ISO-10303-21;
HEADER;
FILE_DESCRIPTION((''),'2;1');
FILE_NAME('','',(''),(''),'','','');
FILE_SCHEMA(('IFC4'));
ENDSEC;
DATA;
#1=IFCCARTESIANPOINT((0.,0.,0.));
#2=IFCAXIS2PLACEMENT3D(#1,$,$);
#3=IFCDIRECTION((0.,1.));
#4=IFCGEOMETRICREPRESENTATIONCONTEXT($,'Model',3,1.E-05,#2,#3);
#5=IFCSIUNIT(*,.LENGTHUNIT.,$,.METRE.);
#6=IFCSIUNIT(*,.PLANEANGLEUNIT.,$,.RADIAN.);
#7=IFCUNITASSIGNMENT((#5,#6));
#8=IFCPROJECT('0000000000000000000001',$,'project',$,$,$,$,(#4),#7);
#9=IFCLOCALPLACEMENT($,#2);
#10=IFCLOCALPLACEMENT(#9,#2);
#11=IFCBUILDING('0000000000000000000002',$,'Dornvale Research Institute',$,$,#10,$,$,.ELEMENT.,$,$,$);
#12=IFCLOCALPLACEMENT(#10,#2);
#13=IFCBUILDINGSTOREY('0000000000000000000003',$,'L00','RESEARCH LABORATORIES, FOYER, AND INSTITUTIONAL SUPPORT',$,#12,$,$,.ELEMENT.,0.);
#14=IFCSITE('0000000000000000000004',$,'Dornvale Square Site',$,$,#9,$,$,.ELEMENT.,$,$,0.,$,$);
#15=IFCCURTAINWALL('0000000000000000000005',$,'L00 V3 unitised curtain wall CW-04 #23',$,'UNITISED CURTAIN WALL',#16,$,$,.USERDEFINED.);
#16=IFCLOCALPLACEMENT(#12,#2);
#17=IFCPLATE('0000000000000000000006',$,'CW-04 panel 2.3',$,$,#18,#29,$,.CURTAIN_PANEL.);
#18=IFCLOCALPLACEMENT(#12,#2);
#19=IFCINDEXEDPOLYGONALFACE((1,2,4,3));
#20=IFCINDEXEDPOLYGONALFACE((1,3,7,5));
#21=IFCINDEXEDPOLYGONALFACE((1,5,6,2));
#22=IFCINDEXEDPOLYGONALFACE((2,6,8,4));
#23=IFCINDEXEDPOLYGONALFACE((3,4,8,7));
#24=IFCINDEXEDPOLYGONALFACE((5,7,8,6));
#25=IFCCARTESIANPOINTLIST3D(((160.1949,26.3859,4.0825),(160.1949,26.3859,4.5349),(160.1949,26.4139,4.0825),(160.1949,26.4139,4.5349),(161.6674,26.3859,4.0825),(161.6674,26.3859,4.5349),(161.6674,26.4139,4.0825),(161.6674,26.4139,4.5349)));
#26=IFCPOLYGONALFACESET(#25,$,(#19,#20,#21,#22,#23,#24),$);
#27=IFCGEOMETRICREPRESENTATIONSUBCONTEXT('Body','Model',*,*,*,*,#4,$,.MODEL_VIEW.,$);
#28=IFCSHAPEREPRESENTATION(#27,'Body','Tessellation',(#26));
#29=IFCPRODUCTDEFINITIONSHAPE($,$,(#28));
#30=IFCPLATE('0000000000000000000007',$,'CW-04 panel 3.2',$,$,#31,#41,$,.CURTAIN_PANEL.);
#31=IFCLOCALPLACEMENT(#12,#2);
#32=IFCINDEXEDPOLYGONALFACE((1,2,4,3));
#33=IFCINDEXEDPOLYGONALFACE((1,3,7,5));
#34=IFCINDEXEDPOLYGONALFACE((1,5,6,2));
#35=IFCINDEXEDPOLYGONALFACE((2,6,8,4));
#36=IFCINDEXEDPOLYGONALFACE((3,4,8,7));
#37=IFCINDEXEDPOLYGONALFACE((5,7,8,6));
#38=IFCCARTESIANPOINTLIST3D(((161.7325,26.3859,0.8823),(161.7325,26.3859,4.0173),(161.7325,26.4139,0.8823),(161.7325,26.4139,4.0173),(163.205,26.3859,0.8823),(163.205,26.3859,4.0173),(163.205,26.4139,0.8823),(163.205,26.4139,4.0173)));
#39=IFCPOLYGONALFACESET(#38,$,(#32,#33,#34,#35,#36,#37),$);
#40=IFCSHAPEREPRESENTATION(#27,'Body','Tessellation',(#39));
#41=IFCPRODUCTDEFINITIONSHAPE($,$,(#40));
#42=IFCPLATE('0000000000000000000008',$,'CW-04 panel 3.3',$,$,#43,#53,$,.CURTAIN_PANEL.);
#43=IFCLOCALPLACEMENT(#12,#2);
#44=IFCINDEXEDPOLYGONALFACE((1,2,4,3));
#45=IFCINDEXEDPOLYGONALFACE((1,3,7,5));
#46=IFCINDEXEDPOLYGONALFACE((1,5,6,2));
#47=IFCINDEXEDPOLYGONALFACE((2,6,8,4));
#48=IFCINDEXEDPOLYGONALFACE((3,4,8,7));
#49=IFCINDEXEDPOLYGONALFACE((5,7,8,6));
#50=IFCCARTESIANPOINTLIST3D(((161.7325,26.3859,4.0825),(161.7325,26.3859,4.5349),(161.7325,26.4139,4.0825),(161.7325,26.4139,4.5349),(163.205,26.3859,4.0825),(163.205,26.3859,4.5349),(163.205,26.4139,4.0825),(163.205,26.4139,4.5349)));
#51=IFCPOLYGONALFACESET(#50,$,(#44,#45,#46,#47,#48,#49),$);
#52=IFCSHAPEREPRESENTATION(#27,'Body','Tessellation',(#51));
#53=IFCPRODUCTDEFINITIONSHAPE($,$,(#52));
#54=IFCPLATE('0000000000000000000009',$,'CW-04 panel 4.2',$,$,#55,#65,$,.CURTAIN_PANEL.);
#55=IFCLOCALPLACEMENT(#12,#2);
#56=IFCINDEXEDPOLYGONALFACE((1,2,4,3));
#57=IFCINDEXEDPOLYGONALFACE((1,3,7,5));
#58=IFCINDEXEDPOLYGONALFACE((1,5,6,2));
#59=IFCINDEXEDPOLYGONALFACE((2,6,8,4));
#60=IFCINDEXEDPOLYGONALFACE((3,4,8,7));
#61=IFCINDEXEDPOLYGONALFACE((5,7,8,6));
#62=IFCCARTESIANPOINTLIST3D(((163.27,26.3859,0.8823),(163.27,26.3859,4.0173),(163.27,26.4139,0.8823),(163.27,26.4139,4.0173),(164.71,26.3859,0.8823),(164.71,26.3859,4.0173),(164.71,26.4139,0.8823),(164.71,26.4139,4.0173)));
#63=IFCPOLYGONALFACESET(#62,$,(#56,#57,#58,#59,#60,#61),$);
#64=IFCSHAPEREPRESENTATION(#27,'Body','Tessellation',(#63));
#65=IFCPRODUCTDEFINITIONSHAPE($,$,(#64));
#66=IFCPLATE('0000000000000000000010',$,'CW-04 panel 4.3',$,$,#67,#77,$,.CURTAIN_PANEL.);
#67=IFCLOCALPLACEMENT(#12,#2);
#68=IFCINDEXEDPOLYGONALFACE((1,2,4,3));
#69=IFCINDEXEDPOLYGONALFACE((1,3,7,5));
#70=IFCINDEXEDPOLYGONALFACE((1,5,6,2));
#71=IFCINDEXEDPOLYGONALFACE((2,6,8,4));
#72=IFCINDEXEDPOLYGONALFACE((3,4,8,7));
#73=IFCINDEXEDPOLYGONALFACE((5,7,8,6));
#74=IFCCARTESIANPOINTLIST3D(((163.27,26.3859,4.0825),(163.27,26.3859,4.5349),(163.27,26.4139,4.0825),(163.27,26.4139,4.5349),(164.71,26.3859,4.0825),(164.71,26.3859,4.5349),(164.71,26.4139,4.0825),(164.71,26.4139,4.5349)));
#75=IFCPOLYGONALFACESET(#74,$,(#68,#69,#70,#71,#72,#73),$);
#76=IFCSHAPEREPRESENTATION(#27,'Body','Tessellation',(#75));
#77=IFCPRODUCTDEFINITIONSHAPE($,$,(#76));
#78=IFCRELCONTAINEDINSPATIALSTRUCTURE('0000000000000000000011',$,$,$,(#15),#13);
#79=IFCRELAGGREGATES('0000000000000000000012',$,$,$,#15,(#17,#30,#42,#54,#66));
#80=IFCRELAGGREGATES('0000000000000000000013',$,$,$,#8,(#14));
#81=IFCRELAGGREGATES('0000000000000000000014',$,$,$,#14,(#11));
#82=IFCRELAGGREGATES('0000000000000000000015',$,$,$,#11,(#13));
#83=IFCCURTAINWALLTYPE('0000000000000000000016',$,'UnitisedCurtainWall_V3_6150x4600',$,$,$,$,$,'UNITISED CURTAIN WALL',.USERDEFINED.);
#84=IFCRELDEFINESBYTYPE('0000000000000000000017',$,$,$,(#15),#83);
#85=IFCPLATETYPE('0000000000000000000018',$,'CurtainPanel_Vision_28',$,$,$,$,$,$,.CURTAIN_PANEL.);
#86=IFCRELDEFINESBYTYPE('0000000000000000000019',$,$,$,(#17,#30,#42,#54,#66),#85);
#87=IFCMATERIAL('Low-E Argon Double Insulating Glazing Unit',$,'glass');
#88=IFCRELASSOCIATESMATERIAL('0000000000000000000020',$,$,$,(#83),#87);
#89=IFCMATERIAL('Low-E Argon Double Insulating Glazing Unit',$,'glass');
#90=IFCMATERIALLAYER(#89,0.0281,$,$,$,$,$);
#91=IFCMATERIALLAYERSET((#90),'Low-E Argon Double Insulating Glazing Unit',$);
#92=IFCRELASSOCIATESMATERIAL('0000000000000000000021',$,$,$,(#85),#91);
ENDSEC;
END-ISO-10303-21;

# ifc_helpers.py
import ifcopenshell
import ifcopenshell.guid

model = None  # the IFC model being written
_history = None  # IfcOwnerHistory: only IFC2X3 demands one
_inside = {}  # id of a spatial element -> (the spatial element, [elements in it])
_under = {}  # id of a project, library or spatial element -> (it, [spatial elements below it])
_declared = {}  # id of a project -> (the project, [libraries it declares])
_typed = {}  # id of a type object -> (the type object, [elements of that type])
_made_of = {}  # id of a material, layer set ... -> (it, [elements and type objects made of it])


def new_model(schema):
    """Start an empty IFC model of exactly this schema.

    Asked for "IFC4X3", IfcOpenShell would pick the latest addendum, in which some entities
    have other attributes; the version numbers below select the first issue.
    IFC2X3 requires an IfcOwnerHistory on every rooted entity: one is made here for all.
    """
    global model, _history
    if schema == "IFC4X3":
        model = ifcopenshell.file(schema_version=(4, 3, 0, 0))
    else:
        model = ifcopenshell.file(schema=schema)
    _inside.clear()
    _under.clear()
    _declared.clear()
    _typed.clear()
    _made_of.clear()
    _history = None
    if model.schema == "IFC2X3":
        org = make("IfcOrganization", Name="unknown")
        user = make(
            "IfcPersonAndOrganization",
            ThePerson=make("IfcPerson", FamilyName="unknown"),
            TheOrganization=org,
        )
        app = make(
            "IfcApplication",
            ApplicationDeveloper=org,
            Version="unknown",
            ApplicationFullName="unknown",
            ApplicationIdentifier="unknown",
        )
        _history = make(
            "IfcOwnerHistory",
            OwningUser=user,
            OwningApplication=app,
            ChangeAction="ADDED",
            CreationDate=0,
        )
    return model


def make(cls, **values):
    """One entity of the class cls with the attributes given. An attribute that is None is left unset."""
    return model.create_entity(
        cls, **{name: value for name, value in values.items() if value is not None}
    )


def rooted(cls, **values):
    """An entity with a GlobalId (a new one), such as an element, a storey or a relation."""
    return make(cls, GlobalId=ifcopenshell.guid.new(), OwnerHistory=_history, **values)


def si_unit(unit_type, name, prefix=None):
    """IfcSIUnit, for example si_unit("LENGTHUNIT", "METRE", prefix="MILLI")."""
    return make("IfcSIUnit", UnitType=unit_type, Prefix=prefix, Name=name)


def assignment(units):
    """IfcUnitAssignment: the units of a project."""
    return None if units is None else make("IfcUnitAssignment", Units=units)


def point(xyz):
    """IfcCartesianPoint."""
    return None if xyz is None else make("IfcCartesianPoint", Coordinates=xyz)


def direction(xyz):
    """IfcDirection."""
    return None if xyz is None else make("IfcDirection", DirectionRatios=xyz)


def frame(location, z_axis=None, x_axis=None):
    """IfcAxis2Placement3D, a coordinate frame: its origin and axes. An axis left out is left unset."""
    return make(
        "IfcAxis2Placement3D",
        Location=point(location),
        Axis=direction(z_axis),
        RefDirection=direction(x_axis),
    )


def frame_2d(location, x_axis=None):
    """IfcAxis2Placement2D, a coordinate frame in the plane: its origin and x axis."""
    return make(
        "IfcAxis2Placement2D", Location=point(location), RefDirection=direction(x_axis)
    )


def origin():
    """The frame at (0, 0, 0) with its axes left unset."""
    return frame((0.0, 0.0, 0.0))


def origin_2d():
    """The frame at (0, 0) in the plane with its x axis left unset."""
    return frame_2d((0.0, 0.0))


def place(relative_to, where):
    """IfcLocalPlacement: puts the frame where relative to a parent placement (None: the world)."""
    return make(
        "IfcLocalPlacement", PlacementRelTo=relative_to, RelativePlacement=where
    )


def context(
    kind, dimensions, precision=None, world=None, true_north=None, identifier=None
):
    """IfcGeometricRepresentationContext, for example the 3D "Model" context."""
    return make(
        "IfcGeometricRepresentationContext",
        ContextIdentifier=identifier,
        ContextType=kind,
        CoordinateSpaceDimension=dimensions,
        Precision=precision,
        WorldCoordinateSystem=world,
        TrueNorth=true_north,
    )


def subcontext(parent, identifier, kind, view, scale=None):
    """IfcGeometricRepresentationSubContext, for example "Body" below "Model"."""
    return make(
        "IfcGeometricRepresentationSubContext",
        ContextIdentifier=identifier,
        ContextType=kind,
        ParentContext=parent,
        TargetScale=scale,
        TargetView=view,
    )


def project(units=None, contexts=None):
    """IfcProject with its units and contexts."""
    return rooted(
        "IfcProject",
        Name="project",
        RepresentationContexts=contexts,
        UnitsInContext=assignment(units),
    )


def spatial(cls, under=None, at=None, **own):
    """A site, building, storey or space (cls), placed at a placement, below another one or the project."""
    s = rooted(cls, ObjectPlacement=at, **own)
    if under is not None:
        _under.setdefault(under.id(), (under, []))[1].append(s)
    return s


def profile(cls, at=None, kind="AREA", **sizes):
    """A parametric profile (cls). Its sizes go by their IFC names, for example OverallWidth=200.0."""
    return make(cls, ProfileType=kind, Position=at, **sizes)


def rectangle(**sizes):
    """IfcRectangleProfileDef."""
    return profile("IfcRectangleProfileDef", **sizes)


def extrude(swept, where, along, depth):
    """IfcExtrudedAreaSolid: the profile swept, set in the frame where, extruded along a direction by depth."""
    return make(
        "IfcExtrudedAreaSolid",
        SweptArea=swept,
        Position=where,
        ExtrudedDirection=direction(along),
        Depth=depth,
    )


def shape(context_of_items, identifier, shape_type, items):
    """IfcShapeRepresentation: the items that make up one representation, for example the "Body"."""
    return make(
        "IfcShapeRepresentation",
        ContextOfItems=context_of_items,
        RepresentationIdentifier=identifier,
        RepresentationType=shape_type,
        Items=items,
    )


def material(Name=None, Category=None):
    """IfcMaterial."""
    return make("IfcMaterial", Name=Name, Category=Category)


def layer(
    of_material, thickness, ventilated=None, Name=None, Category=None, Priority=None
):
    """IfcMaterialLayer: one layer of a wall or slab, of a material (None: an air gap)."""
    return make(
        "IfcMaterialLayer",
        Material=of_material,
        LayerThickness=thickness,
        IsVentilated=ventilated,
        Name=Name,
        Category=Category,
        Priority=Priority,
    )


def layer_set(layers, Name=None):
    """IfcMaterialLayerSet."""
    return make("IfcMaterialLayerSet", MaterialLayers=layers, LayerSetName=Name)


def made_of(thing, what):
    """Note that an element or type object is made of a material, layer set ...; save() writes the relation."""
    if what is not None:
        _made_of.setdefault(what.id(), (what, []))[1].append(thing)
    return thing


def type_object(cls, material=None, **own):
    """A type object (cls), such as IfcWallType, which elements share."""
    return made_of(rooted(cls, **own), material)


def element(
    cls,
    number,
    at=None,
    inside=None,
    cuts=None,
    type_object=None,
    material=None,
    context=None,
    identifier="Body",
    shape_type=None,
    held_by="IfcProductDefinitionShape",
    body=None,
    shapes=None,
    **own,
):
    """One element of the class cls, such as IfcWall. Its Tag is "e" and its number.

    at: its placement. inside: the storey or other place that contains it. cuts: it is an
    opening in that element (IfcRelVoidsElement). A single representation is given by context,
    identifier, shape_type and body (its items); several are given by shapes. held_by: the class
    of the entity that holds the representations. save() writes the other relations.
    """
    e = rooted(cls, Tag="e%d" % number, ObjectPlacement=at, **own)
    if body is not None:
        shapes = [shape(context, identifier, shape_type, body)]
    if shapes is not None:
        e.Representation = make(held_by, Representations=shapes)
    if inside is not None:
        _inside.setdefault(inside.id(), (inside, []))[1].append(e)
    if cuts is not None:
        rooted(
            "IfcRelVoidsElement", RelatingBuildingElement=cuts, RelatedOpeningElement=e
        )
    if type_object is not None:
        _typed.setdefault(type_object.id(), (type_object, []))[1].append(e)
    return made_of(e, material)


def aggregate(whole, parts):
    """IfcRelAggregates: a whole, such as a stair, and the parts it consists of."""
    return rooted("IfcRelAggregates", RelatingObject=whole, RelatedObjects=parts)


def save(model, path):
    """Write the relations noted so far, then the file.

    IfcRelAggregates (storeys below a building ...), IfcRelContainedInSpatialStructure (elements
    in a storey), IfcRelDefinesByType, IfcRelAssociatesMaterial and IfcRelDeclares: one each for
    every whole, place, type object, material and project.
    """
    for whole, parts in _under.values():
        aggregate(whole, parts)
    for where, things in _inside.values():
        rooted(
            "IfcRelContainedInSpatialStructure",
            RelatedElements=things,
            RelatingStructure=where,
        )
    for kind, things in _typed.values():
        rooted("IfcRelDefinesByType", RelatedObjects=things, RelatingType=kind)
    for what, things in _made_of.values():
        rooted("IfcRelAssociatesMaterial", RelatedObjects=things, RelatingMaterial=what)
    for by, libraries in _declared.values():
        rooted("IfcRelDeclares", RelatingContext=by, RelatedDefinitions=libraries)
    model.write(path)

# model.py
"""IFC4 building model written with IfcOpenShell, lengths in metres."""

from ifc_helpers import new_model, si_unit, direction, frame, origin, origin_2d, place, context, subcontext, project, spatial, rectangle, extrude, material, layer, layer_set, type_object, element, aggregate, save


model = new_model("IFC4")

# Units and contexts
model_context = context("Model", 3, precision=1e-05, world=origin(), true_north=direction((0.0, 1.0)))
body_context = subcontext(model_context, "Body", "Model", "MODEL_VIEW")
ifc_project = project(units=[si_unit("LENGTHUNIT", "METRE"), si_unit("PLANEANGLEUNIT", "RADIAN")], contexts=[model_context])

# Site, building, storey
site_placement = place(None, origin())
site = spatial("IfcSite", under=ifc_project, at=site_placement, Name="Dornvale Square Site", CompositionType="ELEMENT", RefElevation=0.0)
building_placement = place(site_placement, origin())
building = spatial("IfcBuilding", under=site, at=building_placement, Name="Dornvale Research Institute", CompositionType="ELEMENT")
storey_placement = place(building_placement, origin())
storey = spatial("IfcBuildingStorey", under=building, at=storey_placement, Name="L00", Description="RESEARCH LABORATORIES, FOYER, AND INSTITUTIONAL SUPPORT", CompositionType="ELEMENT", Elevation=0.0)

# Curtain wall
ifc_material_1 = material(Name="Low-E Argon Double Insulating Glazing Unit", Category="glass")
curtain_wall_type_1 = type_object("IfcCurtainWallType", Name="UnitisedCurtainWall_V3_6150x4600", ElementType="UNITISED CURTAIN WALL", PredefinedType="USERDEFINED", material=ifc_material_1)
curtain_wall_1_placement = place(storey_placement, origin())
curtain_wall_1 = element("IfcCurtainWall", 1, at=curtain_wall_1_placement, inside=storey, type_object=curtain_wall_type_1, Name="L00 V3 unitised curtain wall CW-04 #23", ObjectType="UNITISED CURTAIN WALL", PredefinedType="USERDEFINED")

# Plates
ifc_material_2 = material(Name="Low-E Argon Double Insulating Glazing Unit", Category="glass")
ifc_layer_1 = layer(ifc_material_2, 0.0281)
ifc_layer_set_1 = layer_set([ifc_layer_1], Name="Low-E Argon Double Insulating Glazing Unit")
plate_type_1 = type_object("IfcPlateType", Name="CurtainPanel_Vision_28", PredefinedType="CURTAIN_PANEL", material=ifc_layer_set_1)
plate_1_placement = place(storey_placement, frame((160.9312, 26.3999, 4.0825), z_axis=(0.0, 0.0, 1.0), x_axis=(1.0, 0.0, 0.0)))
plate_1 = element("IfcPlate", 2, at=plate_1_placement, type_object=plate_type_1, Name="CW-04 panel 2.3", PredefinedType="CURTAIN_PANEL", context=body_context, shape_type="SweptSolid", body=[
    extrude(rectangle(XDim=1.4724, YDim=0.0281, at=origin_2d()), origin(), (0.0, 0.0, 1.0), 0.4524),
])
plate_2_placement = place(storey_placement, frame((162.4688, 26.3999, 0.8823), z_axis=(0.0, 0.0, 1.0), x_axis=(1.0, 0.0, 0.0)))
plate_2 = element("IfcPlate", 3, at=plate_2_placement, type_object=plate_type_1, Name="CW-04 panel 3.2", PredefinedType="CURTAIN_PANEL", context=body_context, shape_type="SweptSolid", body=[
    extrude(rectangle(XDim=1.4724, YDim=0.0281, at=origin_2d()), origin(), (0.0, 0.0, 1.0), 3.135),
])
plate_3_placement = place(storey_placement, frame((162.4688, 26.3999, 4.0825), z_axis=(0.0, 0.0, 1.0), x_axis=(1.0, 0.0, 0.0)))
plate_3 = element("IfcPlate", 4, at=plate_3_placement, type_object=plate_type_1, Name="CW-04 panel 3.3", PredefinedType="CURTAIN_PANEL", context=body_context, shape_type="SweptSolid", body=[
    extrude(rectangle(XDim=1.4724, YDim=0.0281, at=origin_2d()), origin(), (0.0, 0.0, 1.0), 0.4524),
])
plate_4_placement = place(storey_placement, frame((163.99, 26.3999, 0.8823), z_axis=(0.0, 0.0, 1.0), x_axis=(1.0, 0.0, 0.0)))
plate_4 = element("IfcPlate", 5, at=plate_4_placement, type_object=plate_type_1, Name="CW-04 panel 4.2", PredefinedType="CURTAIN_PANEL", context=body_context, shape_type="SweptSolid", body=[
    extrude(rectangle(XDim=1.4399, YDim=0.0281, at=origin_2d()), origin(), (0.0, 0.0, 1.0), 3.135),
])
plate_5_placement = place(storey_placement, frame((163.99, 26.3999, 4.0825), z_axis=(0.0, 0.0, 1.0), x_axis=(1.0, 0.0, 0.0)))
plate_5 = element("IfcPlate", 6, at=plate_5_placement, type_object=plate_type_1, Name="CW-04 panel 4.3", PredefinedType="CURTAIN_PANEL", context=body_context, shape_type="SweptSolid", body=[
    extrude(rectangle(XDim=1.4399, YDim=0.0281, at=origin_2d()), origin(), (0.0, 0.0, 1.0), 0.4524),
])
aggregate(curtain_wall_1, [plate_1, plate_2, plate_3, plate_4, plate_5])

save(model, "model.ifc")
